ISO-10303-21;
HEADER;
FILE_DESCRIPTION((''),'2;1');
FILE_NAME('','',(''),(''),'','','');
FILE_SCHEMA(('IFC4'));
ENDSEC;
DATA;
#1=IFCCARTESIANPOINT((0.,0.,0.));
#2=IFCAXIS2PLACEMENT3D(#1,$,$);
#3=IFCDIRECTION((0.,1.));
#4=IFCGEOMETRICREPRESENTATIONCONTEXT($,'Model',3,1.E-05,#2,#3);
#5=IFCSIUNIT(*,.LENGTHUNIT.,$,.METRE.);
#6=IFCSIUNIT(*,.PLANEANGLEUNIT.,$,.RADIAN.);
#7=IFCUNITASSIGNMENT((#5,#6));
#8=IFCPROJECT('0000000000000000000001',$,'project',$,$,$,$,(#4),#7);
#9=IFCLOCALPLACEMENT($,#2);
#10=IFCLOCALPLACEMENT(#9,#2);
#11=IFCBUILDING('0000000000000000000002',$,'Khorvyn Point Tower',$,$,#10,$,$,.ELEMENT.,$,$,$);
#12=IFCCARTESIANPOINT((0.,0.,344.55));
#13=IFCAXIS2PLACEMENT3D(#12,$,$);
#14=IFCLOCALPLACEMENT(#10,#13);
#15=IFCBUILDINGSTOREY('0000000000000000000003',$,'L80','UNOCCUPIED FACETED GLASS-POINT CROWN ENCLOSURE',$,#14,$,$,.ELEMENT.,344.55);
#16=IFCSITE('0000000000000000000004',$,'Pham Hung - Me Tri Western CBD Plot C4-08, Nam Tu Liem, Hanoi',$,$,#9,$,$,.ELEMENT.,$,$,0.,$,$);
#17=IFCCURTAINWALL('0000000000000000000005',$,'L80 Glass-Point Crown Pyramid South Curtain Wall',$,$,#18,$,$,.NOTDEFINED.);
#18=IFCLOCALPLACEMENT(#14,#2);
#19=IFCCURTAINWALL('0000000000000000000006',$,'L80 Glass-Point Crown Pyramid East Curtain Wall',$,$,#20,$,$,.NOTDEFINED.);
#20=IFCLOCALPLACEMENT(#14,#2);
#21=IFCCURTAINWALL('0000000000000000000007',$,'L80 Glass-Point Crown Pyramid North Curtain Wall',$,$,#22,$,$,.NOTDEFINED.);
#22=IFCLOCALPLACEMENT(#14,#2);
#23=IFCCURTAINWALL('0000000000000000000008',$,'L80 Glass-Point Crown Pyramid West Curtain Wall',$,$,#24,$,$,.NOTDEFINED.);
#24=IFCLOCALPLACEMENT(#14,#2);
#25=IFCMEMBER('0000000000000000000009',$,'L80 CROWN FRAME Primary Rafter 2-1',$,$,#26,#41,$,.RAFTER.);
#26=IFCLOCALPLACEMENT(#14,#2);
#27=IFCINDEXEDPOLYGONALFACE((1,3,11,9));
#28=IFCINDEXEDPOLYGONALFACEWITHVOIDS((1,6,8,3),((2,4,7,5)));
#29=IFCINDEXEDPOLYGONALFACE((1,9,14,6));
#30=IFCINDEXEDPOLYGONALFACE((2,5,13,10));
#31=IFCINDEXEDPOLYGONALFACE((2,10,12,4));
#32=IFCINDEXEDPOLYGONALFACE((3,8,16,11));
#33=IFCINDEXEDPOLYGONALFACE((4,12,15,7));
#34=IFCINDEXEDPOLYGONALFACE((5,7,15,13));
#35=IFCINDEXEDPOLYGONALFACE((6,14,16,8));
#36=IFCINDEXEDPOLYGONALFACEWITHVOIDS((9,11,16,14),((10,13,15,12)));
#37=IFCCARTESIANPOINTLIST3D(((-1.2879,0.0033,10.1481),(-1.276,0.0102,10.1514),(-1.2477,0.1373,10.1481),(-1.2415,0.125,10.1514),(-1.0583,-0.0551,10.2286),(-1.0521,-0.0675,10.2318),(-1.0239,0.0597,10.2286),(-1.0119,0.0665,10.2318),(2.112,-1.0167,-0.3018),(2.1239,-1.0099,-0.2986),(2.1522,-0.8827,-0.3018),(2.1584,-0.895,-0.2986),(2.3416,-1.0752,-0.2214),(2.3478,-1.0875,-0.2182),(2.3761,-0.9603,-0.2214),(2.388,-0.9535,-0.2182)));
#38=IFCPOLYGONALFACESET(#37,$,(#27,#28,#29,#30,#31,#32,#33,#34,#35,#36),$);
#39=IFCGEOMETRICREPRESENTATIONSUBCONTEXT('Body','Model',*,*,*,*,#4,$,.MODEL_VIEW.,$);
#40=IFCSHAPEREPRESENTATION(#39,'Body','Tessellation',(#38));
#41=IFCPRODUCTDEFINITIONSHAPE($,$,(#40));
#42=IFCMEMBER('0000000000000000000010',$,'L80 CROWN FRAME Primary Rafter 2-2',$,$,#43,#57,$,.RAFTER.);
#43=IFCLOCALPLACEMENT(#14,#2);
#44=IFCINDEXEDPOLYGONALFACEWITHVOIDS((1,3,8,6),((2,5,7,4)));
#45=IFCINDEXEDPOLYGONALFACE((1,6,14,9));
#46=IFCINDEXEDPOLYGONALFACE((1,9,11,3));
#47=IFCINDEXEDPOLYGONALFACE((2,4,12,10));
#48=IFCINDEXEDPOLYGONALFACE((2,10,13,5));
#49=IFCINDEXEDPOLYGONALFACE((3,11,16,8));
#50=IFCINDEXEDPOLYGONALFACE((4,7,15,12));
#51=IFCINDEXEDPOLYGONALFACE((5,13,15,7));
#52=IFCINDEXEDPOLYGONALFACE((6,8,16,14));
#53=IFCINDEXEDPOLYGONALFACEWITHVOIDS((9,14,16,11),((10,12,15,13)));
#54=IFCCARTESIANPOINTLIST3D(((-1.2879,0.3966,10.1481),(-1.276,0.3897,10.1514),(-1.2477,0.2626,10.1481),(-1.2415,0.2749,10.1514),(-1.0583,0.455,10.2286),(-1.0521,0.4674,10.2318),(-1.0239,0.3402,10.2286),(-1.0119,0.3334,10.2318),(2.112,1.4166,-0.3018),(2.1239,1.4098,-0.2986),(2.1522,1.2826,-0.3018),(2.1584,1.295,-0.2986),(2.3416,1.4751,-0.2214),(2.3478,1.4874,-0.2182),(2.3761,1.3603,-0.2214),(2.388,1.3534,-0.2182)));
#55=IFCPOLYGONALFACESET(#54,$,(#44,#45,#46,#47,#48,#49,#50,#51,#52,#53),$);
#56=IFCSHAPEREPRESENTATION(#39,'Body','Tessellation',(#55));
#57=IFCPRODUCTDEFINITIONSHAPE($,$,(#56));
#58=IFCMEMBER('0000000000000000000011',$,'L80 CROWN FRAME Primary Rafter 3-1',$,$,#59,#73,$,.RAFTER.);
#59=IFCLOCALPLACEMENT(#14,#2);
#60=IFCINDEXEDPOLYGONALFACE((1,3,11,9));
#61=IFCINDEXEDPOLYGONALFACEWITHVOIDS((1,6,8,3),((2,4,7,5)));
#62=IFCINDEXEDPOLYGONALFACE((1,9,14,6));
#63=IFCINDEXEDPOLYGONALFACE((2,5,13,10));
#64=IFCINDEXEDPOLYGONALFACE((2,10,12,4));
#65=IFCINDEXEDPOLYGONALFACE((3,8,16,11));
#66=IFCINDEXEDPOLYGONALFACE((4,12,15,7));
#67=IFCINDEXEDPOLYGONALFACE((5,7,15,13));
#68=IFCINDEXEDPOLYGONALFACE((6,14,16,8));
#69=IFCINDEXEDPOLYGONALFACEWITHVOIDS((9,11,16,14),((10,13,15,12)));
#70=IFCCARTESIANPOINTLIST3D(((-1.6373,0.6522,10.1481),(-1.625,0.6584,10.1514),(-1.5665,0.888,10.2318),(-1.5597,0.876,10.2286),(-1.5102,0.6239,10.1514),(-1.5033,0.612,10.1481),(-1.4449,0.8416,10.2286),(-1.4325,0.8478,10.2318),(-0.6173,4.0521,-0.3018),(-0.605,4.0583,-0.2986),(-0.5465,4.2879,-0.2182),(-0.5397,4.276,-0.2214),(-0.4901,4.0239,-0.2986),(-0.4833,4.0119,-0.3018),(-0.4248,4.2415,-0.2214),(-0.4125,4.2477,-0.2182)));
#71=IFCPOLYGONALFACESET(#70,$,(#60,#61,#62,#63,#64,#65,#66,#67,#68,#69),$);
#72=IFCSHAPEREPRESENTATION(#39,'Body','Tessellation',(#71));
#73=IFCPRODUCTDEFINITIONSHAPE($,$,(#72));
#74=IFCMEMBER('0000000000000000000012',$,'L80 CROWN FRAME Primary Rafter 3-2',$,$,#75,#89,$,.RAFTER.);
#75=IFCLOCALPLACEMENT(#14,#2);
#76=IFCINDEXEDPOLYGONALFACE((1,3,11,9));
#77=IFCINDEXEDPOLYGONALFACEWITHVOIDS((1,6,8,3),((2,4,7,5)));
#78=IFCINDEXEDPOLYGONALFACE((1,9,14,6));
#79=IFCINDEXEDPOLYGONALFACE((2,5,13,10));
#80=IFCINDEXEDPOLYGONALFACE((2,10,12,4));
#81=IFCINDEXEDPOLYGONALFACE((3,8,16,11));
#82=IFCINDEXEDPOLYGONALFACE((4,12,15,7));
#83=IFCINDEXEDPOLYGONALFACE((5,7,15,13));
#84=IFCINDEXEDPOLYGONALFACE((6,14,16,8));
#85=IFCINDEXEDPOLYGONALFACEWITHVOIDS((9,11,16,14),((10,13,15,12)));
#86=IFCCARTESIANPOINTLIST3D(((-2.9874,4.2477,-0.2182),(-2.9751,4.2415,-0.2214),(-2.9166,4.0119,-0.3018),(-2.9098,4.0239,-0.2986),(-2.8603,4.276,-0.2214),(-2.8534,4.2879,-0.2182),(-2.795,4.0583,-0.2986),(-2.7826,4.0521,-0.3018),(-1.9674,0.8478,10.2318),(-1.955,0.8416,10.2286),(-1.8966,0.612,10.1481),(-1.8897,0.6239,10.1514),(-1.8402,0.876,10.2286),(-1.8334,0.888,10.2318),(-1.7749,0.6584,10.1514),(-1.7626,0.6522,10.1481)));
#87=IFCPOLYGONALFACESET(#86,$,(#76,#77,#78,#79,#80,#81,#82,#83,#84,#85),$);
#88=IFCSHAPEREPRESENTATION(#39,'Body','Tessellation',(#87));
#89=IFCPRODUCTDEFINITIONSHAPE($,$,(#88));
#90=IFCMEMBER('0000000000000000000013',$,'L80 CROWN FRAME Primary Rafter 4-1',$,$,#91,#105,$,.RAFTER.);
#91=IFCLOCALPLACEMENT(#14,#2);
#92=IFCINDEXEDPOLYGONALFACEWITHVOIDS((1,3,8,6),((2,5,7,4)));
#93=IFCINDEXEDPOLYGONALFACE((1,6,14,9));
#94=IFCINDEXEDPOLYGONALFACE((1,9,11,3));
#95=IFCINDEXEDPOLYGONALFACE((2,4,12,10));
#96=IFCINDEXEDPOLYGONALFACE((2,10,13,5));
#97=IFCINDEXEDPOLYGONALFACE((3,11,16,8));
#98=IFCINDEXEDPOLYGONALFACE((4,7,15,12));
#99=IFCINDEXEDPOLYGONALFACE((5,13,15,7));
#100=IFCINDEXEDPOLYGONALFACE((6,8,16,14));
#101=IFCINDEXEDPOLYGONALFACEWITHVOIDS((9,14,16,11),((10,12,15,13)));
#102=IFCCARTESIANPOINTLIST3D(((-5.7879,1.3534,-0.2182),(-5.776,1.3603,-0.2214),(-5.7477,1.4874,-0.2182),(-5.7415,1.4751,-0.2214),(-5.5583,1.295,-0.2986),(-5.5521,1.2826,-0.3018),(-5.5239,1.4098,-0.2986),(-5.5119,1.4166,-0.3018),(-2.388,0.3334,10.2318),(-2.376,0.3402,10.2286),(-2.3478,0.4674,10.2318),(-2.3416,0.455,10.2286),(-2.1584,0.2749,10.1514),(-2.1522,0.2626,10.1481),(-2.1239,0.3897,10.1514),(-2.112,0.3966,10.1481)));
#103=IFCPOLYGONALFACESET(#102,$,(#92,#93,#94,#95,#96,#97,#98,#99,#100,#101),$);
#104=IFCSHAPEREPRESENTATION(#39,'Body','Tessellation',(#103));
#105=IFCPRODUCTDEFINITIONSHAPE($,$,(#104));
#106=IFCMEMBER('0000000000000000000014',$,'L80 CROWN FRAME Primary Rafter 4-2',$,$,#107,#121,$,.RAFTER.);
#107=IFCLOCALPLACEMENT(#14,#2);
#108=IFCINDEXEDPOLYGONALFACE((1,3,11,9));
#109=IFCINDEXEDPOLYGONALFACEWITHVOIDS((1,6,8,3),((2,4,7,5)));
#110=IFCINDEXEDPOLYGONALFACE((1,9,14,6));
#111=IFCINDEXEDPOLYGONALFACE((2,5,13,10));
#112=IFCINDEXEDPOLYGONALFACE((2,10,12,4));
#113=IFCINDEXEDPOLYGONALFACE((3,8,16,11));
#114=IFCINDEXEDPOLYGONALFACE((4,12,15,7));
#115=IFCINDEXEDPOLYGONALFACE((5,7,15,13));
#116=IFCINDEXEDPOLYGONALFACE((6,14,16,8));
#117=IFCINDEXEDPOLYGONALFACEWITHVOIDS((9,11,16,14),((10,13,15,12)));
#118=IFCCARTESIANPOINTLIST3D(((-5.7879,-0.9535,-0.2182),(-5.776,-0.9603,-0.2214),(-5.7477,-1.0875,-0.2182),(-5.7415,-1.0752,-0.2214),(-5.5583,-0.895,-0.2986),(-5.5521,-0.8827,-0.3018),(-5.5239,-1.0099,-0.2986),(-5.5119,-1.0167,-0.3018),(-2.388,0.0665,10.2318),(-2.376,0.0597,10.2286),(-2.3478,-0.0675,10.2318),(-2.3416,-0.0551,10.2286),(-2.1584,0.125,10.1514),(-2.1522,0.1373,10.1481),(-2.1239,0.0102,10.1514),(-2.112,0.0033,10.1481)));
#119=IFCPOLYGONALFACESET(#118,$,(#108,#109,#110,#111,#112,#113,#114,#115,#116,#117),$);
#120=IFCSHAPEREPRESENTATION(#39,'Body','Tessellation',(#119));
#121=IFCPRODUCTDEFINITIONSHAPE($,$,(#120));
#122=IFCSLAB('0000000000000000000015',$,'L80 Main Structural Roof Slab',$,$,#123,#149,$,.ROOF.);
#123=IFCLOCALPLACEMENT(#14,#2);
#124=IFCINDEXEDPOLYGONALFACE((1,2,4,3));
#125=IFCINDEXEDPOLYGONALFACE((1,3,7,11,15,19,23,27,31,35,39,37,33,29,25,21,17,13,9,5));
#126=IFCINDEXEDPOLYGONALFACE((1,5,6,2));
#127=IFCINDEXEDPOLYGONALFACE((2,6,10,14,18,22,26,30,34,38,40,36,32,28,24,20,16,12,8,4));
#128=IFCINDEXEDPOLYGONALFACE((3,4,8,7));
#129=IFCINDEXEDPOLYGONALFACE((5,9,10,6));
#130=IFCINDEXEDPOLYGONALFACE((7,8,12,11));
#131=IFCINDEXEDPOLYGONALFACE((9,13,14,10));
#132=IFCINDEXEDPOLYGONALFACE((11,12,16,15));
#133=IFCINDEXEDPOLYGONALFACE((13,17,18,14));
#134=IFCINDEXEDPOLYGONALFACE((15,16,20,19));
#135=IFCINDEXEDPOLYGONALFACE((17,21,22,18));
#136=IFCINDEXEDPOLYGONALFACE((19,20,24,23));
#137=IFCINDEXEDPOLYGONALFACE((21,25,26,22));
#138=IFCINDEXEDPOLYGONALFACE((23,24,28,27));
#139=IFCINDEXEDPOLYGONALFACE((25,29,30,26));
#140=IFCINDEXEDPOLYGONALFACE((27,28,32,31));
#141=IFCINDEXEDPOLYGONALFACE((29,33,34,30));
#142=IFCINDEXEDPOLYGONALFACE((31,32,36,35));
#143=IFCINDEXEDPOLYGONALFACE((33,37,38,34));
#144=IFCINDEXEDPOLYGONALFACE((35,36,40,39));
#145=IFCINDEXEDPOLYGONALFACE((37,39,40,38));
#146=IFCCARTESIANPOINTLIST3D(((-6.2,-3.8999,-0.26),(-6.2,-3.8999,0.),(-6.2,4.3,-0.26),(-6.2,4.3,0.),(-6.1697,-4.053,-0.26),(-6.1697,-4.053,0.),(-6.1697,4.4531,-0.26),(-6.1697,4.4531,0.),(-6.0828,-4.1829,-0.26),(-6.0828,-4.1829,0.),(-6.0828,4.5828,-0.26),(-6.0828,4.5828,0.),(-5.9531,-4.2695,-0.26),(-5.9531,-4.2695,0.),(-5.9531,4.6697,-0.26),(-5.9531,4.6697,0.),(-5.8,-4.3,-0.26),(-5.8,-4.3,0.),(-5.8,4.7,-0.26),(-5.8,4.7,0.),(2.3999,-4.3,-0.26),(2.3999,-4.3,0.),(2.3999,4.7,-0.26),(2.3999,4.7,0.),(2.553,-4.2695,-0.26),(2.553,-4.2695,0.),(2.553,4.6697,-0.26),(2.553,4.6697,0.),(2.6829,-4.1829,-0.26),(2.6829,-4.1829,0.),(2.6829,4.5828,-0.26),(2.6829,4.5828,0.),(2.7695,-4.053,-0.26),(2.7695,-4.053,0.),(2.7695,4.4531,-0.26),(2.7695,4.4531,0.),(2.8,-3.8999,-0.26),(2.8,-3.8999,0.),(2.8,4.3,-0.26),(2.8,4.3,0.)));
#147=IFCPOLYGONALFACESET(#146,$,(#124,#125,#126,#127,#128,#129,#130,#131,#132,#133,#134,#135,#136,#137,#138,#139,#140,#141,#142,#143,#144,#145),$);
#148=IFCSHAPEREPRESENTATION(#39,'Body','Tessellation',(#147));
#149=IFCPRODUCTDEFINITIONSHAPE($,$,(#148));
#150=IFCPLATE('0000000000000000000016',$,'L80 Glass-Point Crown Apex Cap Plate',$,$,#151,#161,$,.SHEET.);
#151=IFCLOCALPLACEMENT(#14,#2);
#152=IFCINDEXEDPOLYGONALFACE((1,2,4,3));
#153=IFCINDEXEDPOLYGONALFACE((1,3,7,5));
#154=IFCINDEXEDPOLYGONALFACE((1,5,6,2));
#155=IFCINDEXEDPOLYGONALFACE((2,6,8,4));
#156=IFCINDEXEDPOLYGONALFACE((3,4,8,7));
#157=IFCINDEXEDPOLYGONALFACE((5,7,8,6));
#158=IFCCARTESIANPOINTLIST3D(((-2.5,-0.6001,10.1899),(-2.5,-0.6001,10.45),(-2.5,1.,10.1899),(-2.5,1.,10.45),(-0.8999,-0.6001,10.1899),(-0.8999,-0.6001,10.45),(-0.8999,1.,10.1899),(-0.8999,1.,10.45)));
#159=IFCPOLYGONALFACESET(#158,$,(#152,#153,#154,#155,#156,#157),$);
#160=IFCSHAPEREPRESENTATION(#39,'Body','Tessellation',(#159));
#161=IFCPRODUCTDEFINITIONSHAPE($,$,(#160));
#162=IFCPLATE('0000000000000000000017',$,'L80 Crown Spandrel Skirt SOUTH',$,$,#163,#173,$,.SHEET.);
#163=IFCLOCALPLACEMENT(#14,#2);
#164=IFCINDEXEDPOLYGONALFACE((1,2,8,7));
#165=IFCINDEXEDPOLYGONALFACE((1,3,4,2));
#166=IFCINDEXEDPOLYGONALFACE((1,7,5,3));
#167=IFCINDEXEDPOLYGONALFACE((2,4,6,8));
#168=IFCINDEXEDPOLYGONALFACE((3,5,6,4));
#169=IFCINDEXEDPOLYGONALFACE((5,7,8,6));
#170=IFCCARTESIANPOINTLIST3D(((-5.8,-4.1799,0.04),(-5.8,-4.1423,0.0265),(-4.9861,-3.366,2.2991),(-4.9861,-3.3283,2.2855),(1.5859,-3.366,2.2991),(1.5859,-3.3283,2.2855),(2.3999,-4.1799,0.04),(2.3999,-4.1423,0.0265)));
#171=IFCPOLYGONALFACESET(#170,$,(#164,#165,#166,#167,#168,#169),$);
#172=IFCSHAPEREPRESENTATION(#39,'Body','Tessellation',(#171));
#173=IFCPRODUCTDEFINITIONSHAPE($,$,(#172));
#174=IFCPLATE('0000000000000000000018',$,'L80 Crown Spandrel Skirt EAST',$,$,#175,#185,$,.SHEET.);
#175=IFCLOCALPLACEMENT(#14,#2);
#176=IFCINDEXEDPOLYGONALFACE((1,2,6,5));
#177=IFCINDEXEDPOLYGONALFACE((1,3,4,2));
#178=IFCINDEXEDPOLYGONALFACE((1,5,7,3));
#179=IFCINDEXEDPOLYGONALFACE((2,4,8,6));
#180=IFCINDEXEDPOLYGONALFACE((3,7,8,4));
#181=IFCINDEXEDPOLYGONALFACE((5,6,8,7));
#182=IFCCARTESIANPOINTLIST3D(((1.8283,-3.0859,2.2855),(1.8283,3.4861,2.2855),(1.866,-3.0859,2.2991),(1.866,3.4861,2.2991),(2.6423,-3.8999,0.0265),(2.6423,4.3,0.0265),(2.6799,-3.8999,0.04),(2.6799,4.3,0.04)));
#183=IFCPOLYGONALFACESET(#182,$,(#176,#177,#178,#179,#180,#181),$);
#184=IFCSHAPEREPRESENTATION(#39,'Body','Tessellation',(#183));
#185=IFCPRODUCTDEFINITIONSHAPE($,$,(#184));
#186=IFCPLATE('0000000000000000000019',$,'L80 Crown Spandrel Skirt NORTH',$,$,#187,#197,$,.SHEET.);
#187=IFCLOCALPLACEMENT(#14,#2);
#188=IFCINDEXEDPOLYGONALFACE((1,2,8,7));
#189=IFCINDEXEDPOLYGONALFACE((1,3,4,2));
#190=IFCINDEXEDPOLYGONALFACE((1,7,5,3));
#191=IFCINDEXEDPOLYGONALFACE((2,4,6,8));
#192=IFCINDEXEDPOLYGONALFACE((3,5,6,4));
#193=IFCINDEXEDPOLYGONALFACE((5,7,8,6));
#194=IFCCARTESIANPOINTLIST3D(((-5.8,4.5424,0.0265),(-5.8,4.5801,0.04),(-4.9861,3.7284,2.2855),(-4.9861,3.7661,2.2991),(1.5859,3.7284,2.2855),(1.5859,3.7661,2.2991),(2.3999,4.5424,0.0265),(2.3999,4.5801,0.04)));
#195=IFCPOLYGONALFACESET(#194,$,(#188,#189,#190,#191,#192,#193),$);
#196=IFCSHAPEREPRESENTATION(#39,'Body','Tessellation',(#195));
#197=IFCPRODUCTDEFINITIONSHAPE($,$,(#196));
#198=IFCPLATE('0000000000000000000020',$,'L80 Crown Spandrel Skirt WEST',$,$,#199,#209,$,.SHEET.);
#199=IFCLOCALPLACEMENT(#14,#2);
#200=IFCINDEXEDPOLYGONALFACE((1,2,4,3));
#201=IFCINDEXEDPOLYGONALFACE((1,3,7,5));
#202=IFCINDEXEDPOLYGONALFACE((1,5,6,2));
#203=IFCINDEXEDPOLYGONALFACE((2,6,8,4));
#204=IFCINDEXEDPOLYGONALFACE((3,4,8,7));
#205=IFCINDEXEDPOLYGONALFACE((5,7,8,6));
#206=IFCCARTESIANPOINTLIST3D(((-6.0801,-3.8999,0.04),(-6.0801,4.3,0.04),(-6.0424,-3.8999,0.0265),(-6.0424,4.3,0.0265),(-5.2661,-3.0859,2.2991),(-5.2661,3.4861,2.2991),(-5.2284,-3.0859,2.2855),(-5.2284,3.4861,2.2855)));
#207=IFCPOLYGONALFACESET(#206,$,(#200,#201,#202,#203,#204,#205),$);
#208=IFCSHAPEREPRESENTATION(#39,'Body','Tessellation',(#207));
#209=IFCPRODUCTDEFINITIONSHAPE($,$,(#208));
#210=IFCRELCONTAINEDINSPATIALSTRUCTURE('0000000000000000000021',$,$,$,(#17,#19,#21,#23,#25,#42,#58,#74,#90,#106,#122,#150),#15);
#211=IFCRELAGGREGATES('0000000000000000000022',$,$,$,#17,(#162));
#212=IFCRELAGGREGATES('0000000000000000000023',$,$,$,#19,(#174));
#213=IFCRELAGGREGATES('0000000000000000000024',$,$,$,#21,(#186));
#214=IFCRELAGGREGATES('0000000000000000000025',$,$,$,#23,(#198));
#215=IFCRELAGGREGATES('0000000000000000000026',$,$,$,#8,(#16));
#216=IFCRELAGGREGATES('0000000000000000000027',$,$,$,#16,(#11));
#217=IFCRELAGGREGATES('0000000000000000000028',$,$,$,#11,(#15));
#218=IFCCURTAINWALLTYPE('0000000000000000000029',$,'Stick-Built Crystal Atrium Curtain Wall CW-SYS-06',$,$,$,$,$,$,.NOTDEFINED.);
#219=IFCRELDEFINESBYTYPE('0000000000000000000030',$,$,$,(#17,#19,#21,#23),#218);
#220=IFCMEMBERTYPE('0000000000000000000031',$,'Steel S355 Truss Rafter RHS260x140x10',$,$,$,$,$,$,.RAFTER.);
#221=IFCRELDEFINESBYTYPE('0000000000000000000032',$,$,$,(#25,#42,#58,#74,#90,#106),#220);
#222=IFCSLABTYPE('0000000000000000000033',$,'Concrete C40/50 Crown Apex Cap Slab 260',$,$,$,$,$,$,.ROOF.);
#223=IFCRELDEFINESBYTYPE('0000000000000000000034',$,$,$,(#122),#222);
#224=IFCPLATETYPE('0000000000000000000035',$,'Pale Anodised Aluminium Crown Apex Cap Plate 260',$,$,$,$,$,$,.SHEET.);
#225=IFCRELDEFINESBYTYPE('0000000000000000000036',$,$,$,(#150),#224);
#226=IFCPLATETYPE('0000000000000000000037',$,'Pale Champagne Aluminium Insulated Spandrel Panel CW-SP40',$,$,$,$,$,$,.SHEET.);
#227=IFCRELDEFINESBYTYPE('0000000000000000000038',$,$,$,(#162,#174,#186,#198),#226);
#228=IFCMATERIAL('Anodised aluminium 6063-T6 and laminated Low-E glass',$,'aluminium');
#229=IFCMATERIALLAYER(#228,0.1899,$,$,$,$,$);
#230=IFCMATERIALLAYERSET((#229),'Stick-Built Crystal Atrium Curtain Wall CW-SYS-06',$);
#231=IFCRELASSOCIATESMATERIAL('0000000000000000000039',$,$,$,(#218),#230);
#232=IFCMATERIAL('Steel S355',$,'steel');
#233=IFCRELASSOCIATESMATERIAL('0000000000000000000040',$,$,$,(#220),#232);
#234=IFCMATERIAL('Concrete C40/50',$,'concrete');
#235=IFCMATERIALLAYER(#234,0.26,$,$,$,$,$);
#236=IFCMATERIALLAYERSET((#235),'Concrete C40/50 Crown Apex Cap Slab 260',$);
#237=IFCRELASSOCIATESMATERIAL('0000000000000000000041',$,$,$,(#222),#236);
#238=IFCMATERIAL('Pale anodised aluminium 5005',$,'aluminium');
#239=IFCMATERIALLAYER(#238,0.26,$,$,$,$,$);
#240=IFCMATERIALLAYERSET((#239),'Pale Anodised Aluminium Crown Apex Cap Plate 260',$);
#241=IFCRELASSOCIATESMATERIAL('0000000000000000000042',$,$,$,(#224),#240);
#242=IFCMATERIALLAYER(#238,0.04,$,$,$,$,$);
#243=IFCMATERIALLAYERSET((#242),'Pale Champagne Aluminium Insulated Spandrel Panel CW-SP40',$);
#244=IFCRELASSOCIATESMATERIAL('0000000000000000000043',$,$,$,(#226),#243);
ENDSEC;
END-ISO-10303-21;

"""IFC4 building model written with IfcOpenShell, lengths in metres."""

from ifc_helpers import new_model, si_unit, direction, frame, origin, origin_2d, place, context, subcontext, project, spatial, polyline, hollow_rectangle, outline, extrude, material, layer, layer_set, material_profile, profile_set, type_object, element, aggregate, save


model = new_model("IFC4")

# Units and contexts
model_context = context("Model", 3, precision=1e-05, world=origin(), true_north=direction((0.0, 1.0)))
body_context = subcontext(model_context, "Body", "Model", "MODEL_VIEW")
ifc_project = project(units=[si_unit("LENGTHUNIT", "METRE"), si_unit("PLANEANGLEUNIT", "RADIAN")], contexts=[model_context])

# Site, building, storey
site_placement = place(None, origin())
site = spatial("IfcSite", under=ifc_project, at=site_placement, Name="Pham Hung - Me Tri Western CBD Plot C4-08, Nam Tu Liem, Hanoi", CompositionType="ELEMENT", RefElevation=0.0)
building_placement = place(site_placement, origin())
building = spatial("IfcBuilding", under=site, at=building_placement, Name="Khorvyn Point Tower", CompositionType="ELEMENT")
storey_placement = place(building_placement, frame((0.0, 0.0, 344.55)))
storey = spatial("IfcBuildingStorey", under=building, at=storey_placement, Name="L80", Description="UNOCCUPIED FACETED GLASS-POINT CROWN ENCLOSURE", CompositionType="ELEMENT", Elevation=344.55)

# Curtain walls
ifc_material_1 = material(Name="Anodised aluminium 6063-T6 and laminated Low-E glass", Category="aluminium")
ifc_layer_1 = layer(ifc_material_1, 0.1899)
ifc_layer_set_1 = layer_set([ifc_layer_1], Name="Stick-Built Crystal Atrium Curtain Wall CW-SYS-06")
curtain_wall_type = type_object("IfcCurtainWallType", Name="Stick-Built Crystal Atrium Curtain Wall CW-SYS-06", PredefinedType="NOTDEFINED", material=ifc_layer_set_1)
curtain_wall_1_placement = place(storey_placement, origin())
curtain_wall_1 = element("IfcCurtainWall", 1, at=curtain_wall_1_placement, inside=storey, type_object=curtain_wall_type, Name="L80 Glass-Point Crown Pyramid South Curtain Wall", PredefinedType="NOTDEFINED")
curtain_wall_2_placement = place(storey_placement, origin())
curtain_wall_2 = element("IfcCurtainWall", 2, at=curtain_wall_2_placement, inside=storey, type_object=curtain_wall_type, Name="L80 Glass-Point Crown Pyramid East Curtain Wall", PredefinedType="NOTDEFINED")
curtain_wall_3_placement = place(storey_placement, origin())
curtain_wall_3 = element("IfcCurtainWall", 3, at=curtain_wall_3_placement, inside=storey, type_object=curtain_wall_type, Name="L80 Glass-Point Crown Pyramid North Curtain Wall", PredefinedType="NOTDEFINED")
curtain_wall_4_placement = place(storey_placement, origin())
curtain_wall_4 = element("IfcCurtainWall", 4, at=curtain_wall_4_placement, inside=storey, type_object=curtain_wall_type, Name="L80 Glass-Point Crown Pyramid West Curtain Wall", PredefinedType="NOTDEFINED")

# Shared definitions
ifc_material_2 = material(Name="Steel S355", Category="steel")

# Members
ifc_material_profile_1 = material_profile(ifc_material_2, hollow_rectangle(XDim=0.1399, YDim=0.26, WallThickness=0.01, at=origin_2d()))
ifc_profile_set_1 = profile_set([ifc_material_profile_1], Name="Steel S355 RHS260x140x10")
member_type_1 = type_object("IfcMemberType", Name="Steel S355 Truss Rafter RHS260x140x10", PredefinedType="RAFTER", material=ifc_profile_set_1)
for number, where, z_axis, x_axis, name in (
    (5, (2.25, -0.9851, -0.26), (-0.308064, 0.092424, 0.946866), (-0.287361, -0.957822, 0.0), "L80 CROWN FRAME Primary Rafter 2-1"),
    (6, (2.25, 1.385, -0.26), (-0.308064, -0.092424, 0.946866), (0.287361, -0.957822, 0.0), "L80 CROWN FRAME Primary Rafter 2-2"),
    (7, (-0.5149, 4.1499, -0.26), (-0.092424, -0.308064, 0.946866), (0.957822, -0.287361, 0.0), "L80 CROWN FRAME Primary Rafter 3-1"),
    (8, (-2.885, 4.1499, -0.26), (0.092424, -0.308064, 0.946866), (0.957822, 0.287361, 0.0), "L80 CROWN FRAME Primary Rafter 3-2"),
    (9, (-5.6499, 1.385, -0.26), (0.308064, -0.092424, 0.946866), (0.287361, 0.957822, 0.0), "L80 CROWN FRAME Primary Rafter 4-1"),
    (10, (-5.6499, -0.9851, -0.26), (0.308064, 0.092424, 0.946866), (-0.287361, 0.957822, 0.0), "L80 CROWN FRAME Primary Rafter 4-2"),
):
    element("IfcMember", number, at=place(storey_placement, frame(where, z_axis=z_axis, x_axis=x_axis)), inside=storey, type_object=member_type_1, Name=name, PredefinedType="RAFTER", context=body_context, shape_type="SweptSolid", body=[
        extrude(hollow_rectangle(XDim=0.1399, YDim=0.26, WallThickness=0.01, at=origin_2d()), origin(), (0.0, 0.0, 1.0), 11.0364),
    ])

# Slab
ifc_material_3 = material(Name="Concrete C40/50", Category="concrete")
ifc_layer_2 = layer(ifc_material_3, 0.26)
ifc_layer_set_2 = layer_set([ifc_layer_2], Name="Concrete C40/50 Crown Apex Cap Slab 260")
slab_type = type_object("IfcSlabType", Name="Concrete C40/50 Crown Apex Cap Slab 260", PredefinedType="ROOF", material=ifc_layer_set_2)
slab_placement = place(storey_placement, frame((0.0, 0.0, -0.26)))
element("IfcSlab", 11, at=slab_placement, inside=storey, type_object=slab_type, Name="L80 Main Structural Roof Slab", PredefinedType="ROOF", context=body_context, shape_type="SweptSolid", body=[
    extrude(outline(polyline([(2.3999, -4.3), (2.553, -4.2695), (2.6829, -4.1829), (2.7695, -4.053), (2.8, -3.8999), (2.8, 4.3), (2.7695, 4.4531), (2.6829, 4.5828), (2.553, 4.6697), (2.3999, 4.7), (-5.8, 4.7), (-5.9531, 4.6697), (-6.0828, 4.5828), (-6.1697, 4.4531), (-6.2, 4.3), (-6.2, -3.8999), (-6.1697, -4.053), (-6.0828, -4.1829), (-5.9531, -4.2695), (-5.8, -4.3), (2.3999, -4.3)])), origin(), (0.0, 0.0, 1.0), 0.26),
])

# Plates
ifc_material_4 = material(Name="Pale anodised aluminium 5005", Category="aluminium")
ifc_layer_3 = layer(ifc_material_4, 0.26)
ifc_layer_set_3 = layer_set([ifc_layer_3], Name="Pale Anodised Aluminium Crown Apex Cap Plate 260")
plate_type_1 = type_object("IfcPlateType", Name="Pale Anodised Aluminium Crown Apex Cap Plate 260", PredefinedType="SHEET", material=ifc_layer_set_3)
plate_1_placement = place(storey_placement, frame((0.0, 0.0, 10.1899)))
element("IfcPlate", 12, at=plate_1_placement, inside=storey, type_object=plate_type_1, Name="L80 Glass-Point Crown Apex Cap Plate", PredefinedType="SHEET", context=body_context, shape_type="SweptSolid", body=[
    extrude(outline(polyline([(-2.5, -0.6001), (-0.8999, -0.6001), (-0.8999, 1.0), (-2.5, 1.0), (-2.5, -0.6001)])), origin(), (0.0, 0.0, 1.0), 0.26),
])
ifc_layer_4 = layer(ifc_material_4, 0.04)
ifc_layer_set_4 = layer_set([ifc_layer_4], Name="Pale Champagne Aluminium Insulated Spandrel Panel CW-SP40")
plate_type_2 = type_object("IfcPlateType", Name="Pale Champagne Aluminium Insulated Spandrel Panel CW-SP40", PredefinedType="SHEET", material=ifc_layer_set_4)
plate_2_placement = place(storey_placement, frame((-5.8, -4.1799, 0.04), z_axis=(0.0, -0.940793, 0.338982), x_axis=(1.0, 0.0, 0.0)))
plate_2 = element("IfcPlate", 13, at=plate_2_placement, type_object=plate_type_2, Name="L80 Crown Spandrel Skirt SOUTH", PredefinedType="SHEET", context=body_context, shape_type="SweptSolid", body=[
    extrude(outline(polyline([(0.0, 0.0), (8.2, 0.0), (7.386, 2.4012), (0.814, 2.4012), (0.0, 0.0)])), origin(), (0.0, 0.0, -1.0), 0.04),
])
plate_3_placement = place(storey_placement, frame((2.6799, -3.8999, 0.04), z_axis=(0.940793, 0.0, 0.338982), x_axis=(0.0, 1.0, 0.0)))
plate_3 = element("IfcPlate", 14, at=plate_3_placement, type_object=plate_type_2, Name="L80 Crown Spandrel Skirt EAST", PredefinedType="SHEET", context=body_context, shape_type="SweptSolid", body=[
    extrude(outline(polyline([(0.0, 0.0), (8.2, 0.0), (7.386, 2.4012), (0.814, 2.4012), (0.0, 0.0)])), origin(), (0.0, 0.0, -1.0), 0.04),
])
plate_4_placement = place(storey_placement, frame((2.3999, 4.5801, 0.04), z_axis=(0.0, 0.940793, 0.338982), x_axis=(-1.0, 0.0, 0.0)))
plate_4 = element("IfcPlate", 15, at=plate_4_placement, type_object=plate_type_2, Name="L80 Crown Spandrel Skirt NORTH", PredefinedType="SHEET", context=body_context, shape_type="SweptSolid", body=[
    extrude(outline(polyline([(0.0, 0.0), (8.2, 0.0), (7.386, 2.4012), (0.814, 2.4012), (0.0, 0.0)])), origin(), (0.0, 0.0, -1.0), 0.04),
])
plate_5_placement = place(storey_placement, frame((-6.0801, 4.3, 0.04), z_axis=(-0.940793, 0.0, 0.338982), x_axis=(0.0, -1.0, 0.0)))
plate_5 = element("IfcPlate", 16, at=plate_5_placement, type_object=plate_type_2, Name="L80 Crown Spandrel Skirt WEST", PredefinedType="SHEET", context=body_context, shape_type="SweptSolid", body=[
    extrude(outline(polyline([(0.0, 0.0), (8.2, 0.0), (7.386, 2.4012), (0.814, 2.4012), (0.0, 0.0)])), origin(), (0.0, 0.0, -1.0), 0.04),
])
aggregate(curtain_wall_1, [plate_2])
aggregate(curtain_wall_2, [plate_3])
aggregate(curtain_wall_3, [plate_4])
aggregate(curtain_wall_4, [plate_5])

save(model, "model.ifc")
